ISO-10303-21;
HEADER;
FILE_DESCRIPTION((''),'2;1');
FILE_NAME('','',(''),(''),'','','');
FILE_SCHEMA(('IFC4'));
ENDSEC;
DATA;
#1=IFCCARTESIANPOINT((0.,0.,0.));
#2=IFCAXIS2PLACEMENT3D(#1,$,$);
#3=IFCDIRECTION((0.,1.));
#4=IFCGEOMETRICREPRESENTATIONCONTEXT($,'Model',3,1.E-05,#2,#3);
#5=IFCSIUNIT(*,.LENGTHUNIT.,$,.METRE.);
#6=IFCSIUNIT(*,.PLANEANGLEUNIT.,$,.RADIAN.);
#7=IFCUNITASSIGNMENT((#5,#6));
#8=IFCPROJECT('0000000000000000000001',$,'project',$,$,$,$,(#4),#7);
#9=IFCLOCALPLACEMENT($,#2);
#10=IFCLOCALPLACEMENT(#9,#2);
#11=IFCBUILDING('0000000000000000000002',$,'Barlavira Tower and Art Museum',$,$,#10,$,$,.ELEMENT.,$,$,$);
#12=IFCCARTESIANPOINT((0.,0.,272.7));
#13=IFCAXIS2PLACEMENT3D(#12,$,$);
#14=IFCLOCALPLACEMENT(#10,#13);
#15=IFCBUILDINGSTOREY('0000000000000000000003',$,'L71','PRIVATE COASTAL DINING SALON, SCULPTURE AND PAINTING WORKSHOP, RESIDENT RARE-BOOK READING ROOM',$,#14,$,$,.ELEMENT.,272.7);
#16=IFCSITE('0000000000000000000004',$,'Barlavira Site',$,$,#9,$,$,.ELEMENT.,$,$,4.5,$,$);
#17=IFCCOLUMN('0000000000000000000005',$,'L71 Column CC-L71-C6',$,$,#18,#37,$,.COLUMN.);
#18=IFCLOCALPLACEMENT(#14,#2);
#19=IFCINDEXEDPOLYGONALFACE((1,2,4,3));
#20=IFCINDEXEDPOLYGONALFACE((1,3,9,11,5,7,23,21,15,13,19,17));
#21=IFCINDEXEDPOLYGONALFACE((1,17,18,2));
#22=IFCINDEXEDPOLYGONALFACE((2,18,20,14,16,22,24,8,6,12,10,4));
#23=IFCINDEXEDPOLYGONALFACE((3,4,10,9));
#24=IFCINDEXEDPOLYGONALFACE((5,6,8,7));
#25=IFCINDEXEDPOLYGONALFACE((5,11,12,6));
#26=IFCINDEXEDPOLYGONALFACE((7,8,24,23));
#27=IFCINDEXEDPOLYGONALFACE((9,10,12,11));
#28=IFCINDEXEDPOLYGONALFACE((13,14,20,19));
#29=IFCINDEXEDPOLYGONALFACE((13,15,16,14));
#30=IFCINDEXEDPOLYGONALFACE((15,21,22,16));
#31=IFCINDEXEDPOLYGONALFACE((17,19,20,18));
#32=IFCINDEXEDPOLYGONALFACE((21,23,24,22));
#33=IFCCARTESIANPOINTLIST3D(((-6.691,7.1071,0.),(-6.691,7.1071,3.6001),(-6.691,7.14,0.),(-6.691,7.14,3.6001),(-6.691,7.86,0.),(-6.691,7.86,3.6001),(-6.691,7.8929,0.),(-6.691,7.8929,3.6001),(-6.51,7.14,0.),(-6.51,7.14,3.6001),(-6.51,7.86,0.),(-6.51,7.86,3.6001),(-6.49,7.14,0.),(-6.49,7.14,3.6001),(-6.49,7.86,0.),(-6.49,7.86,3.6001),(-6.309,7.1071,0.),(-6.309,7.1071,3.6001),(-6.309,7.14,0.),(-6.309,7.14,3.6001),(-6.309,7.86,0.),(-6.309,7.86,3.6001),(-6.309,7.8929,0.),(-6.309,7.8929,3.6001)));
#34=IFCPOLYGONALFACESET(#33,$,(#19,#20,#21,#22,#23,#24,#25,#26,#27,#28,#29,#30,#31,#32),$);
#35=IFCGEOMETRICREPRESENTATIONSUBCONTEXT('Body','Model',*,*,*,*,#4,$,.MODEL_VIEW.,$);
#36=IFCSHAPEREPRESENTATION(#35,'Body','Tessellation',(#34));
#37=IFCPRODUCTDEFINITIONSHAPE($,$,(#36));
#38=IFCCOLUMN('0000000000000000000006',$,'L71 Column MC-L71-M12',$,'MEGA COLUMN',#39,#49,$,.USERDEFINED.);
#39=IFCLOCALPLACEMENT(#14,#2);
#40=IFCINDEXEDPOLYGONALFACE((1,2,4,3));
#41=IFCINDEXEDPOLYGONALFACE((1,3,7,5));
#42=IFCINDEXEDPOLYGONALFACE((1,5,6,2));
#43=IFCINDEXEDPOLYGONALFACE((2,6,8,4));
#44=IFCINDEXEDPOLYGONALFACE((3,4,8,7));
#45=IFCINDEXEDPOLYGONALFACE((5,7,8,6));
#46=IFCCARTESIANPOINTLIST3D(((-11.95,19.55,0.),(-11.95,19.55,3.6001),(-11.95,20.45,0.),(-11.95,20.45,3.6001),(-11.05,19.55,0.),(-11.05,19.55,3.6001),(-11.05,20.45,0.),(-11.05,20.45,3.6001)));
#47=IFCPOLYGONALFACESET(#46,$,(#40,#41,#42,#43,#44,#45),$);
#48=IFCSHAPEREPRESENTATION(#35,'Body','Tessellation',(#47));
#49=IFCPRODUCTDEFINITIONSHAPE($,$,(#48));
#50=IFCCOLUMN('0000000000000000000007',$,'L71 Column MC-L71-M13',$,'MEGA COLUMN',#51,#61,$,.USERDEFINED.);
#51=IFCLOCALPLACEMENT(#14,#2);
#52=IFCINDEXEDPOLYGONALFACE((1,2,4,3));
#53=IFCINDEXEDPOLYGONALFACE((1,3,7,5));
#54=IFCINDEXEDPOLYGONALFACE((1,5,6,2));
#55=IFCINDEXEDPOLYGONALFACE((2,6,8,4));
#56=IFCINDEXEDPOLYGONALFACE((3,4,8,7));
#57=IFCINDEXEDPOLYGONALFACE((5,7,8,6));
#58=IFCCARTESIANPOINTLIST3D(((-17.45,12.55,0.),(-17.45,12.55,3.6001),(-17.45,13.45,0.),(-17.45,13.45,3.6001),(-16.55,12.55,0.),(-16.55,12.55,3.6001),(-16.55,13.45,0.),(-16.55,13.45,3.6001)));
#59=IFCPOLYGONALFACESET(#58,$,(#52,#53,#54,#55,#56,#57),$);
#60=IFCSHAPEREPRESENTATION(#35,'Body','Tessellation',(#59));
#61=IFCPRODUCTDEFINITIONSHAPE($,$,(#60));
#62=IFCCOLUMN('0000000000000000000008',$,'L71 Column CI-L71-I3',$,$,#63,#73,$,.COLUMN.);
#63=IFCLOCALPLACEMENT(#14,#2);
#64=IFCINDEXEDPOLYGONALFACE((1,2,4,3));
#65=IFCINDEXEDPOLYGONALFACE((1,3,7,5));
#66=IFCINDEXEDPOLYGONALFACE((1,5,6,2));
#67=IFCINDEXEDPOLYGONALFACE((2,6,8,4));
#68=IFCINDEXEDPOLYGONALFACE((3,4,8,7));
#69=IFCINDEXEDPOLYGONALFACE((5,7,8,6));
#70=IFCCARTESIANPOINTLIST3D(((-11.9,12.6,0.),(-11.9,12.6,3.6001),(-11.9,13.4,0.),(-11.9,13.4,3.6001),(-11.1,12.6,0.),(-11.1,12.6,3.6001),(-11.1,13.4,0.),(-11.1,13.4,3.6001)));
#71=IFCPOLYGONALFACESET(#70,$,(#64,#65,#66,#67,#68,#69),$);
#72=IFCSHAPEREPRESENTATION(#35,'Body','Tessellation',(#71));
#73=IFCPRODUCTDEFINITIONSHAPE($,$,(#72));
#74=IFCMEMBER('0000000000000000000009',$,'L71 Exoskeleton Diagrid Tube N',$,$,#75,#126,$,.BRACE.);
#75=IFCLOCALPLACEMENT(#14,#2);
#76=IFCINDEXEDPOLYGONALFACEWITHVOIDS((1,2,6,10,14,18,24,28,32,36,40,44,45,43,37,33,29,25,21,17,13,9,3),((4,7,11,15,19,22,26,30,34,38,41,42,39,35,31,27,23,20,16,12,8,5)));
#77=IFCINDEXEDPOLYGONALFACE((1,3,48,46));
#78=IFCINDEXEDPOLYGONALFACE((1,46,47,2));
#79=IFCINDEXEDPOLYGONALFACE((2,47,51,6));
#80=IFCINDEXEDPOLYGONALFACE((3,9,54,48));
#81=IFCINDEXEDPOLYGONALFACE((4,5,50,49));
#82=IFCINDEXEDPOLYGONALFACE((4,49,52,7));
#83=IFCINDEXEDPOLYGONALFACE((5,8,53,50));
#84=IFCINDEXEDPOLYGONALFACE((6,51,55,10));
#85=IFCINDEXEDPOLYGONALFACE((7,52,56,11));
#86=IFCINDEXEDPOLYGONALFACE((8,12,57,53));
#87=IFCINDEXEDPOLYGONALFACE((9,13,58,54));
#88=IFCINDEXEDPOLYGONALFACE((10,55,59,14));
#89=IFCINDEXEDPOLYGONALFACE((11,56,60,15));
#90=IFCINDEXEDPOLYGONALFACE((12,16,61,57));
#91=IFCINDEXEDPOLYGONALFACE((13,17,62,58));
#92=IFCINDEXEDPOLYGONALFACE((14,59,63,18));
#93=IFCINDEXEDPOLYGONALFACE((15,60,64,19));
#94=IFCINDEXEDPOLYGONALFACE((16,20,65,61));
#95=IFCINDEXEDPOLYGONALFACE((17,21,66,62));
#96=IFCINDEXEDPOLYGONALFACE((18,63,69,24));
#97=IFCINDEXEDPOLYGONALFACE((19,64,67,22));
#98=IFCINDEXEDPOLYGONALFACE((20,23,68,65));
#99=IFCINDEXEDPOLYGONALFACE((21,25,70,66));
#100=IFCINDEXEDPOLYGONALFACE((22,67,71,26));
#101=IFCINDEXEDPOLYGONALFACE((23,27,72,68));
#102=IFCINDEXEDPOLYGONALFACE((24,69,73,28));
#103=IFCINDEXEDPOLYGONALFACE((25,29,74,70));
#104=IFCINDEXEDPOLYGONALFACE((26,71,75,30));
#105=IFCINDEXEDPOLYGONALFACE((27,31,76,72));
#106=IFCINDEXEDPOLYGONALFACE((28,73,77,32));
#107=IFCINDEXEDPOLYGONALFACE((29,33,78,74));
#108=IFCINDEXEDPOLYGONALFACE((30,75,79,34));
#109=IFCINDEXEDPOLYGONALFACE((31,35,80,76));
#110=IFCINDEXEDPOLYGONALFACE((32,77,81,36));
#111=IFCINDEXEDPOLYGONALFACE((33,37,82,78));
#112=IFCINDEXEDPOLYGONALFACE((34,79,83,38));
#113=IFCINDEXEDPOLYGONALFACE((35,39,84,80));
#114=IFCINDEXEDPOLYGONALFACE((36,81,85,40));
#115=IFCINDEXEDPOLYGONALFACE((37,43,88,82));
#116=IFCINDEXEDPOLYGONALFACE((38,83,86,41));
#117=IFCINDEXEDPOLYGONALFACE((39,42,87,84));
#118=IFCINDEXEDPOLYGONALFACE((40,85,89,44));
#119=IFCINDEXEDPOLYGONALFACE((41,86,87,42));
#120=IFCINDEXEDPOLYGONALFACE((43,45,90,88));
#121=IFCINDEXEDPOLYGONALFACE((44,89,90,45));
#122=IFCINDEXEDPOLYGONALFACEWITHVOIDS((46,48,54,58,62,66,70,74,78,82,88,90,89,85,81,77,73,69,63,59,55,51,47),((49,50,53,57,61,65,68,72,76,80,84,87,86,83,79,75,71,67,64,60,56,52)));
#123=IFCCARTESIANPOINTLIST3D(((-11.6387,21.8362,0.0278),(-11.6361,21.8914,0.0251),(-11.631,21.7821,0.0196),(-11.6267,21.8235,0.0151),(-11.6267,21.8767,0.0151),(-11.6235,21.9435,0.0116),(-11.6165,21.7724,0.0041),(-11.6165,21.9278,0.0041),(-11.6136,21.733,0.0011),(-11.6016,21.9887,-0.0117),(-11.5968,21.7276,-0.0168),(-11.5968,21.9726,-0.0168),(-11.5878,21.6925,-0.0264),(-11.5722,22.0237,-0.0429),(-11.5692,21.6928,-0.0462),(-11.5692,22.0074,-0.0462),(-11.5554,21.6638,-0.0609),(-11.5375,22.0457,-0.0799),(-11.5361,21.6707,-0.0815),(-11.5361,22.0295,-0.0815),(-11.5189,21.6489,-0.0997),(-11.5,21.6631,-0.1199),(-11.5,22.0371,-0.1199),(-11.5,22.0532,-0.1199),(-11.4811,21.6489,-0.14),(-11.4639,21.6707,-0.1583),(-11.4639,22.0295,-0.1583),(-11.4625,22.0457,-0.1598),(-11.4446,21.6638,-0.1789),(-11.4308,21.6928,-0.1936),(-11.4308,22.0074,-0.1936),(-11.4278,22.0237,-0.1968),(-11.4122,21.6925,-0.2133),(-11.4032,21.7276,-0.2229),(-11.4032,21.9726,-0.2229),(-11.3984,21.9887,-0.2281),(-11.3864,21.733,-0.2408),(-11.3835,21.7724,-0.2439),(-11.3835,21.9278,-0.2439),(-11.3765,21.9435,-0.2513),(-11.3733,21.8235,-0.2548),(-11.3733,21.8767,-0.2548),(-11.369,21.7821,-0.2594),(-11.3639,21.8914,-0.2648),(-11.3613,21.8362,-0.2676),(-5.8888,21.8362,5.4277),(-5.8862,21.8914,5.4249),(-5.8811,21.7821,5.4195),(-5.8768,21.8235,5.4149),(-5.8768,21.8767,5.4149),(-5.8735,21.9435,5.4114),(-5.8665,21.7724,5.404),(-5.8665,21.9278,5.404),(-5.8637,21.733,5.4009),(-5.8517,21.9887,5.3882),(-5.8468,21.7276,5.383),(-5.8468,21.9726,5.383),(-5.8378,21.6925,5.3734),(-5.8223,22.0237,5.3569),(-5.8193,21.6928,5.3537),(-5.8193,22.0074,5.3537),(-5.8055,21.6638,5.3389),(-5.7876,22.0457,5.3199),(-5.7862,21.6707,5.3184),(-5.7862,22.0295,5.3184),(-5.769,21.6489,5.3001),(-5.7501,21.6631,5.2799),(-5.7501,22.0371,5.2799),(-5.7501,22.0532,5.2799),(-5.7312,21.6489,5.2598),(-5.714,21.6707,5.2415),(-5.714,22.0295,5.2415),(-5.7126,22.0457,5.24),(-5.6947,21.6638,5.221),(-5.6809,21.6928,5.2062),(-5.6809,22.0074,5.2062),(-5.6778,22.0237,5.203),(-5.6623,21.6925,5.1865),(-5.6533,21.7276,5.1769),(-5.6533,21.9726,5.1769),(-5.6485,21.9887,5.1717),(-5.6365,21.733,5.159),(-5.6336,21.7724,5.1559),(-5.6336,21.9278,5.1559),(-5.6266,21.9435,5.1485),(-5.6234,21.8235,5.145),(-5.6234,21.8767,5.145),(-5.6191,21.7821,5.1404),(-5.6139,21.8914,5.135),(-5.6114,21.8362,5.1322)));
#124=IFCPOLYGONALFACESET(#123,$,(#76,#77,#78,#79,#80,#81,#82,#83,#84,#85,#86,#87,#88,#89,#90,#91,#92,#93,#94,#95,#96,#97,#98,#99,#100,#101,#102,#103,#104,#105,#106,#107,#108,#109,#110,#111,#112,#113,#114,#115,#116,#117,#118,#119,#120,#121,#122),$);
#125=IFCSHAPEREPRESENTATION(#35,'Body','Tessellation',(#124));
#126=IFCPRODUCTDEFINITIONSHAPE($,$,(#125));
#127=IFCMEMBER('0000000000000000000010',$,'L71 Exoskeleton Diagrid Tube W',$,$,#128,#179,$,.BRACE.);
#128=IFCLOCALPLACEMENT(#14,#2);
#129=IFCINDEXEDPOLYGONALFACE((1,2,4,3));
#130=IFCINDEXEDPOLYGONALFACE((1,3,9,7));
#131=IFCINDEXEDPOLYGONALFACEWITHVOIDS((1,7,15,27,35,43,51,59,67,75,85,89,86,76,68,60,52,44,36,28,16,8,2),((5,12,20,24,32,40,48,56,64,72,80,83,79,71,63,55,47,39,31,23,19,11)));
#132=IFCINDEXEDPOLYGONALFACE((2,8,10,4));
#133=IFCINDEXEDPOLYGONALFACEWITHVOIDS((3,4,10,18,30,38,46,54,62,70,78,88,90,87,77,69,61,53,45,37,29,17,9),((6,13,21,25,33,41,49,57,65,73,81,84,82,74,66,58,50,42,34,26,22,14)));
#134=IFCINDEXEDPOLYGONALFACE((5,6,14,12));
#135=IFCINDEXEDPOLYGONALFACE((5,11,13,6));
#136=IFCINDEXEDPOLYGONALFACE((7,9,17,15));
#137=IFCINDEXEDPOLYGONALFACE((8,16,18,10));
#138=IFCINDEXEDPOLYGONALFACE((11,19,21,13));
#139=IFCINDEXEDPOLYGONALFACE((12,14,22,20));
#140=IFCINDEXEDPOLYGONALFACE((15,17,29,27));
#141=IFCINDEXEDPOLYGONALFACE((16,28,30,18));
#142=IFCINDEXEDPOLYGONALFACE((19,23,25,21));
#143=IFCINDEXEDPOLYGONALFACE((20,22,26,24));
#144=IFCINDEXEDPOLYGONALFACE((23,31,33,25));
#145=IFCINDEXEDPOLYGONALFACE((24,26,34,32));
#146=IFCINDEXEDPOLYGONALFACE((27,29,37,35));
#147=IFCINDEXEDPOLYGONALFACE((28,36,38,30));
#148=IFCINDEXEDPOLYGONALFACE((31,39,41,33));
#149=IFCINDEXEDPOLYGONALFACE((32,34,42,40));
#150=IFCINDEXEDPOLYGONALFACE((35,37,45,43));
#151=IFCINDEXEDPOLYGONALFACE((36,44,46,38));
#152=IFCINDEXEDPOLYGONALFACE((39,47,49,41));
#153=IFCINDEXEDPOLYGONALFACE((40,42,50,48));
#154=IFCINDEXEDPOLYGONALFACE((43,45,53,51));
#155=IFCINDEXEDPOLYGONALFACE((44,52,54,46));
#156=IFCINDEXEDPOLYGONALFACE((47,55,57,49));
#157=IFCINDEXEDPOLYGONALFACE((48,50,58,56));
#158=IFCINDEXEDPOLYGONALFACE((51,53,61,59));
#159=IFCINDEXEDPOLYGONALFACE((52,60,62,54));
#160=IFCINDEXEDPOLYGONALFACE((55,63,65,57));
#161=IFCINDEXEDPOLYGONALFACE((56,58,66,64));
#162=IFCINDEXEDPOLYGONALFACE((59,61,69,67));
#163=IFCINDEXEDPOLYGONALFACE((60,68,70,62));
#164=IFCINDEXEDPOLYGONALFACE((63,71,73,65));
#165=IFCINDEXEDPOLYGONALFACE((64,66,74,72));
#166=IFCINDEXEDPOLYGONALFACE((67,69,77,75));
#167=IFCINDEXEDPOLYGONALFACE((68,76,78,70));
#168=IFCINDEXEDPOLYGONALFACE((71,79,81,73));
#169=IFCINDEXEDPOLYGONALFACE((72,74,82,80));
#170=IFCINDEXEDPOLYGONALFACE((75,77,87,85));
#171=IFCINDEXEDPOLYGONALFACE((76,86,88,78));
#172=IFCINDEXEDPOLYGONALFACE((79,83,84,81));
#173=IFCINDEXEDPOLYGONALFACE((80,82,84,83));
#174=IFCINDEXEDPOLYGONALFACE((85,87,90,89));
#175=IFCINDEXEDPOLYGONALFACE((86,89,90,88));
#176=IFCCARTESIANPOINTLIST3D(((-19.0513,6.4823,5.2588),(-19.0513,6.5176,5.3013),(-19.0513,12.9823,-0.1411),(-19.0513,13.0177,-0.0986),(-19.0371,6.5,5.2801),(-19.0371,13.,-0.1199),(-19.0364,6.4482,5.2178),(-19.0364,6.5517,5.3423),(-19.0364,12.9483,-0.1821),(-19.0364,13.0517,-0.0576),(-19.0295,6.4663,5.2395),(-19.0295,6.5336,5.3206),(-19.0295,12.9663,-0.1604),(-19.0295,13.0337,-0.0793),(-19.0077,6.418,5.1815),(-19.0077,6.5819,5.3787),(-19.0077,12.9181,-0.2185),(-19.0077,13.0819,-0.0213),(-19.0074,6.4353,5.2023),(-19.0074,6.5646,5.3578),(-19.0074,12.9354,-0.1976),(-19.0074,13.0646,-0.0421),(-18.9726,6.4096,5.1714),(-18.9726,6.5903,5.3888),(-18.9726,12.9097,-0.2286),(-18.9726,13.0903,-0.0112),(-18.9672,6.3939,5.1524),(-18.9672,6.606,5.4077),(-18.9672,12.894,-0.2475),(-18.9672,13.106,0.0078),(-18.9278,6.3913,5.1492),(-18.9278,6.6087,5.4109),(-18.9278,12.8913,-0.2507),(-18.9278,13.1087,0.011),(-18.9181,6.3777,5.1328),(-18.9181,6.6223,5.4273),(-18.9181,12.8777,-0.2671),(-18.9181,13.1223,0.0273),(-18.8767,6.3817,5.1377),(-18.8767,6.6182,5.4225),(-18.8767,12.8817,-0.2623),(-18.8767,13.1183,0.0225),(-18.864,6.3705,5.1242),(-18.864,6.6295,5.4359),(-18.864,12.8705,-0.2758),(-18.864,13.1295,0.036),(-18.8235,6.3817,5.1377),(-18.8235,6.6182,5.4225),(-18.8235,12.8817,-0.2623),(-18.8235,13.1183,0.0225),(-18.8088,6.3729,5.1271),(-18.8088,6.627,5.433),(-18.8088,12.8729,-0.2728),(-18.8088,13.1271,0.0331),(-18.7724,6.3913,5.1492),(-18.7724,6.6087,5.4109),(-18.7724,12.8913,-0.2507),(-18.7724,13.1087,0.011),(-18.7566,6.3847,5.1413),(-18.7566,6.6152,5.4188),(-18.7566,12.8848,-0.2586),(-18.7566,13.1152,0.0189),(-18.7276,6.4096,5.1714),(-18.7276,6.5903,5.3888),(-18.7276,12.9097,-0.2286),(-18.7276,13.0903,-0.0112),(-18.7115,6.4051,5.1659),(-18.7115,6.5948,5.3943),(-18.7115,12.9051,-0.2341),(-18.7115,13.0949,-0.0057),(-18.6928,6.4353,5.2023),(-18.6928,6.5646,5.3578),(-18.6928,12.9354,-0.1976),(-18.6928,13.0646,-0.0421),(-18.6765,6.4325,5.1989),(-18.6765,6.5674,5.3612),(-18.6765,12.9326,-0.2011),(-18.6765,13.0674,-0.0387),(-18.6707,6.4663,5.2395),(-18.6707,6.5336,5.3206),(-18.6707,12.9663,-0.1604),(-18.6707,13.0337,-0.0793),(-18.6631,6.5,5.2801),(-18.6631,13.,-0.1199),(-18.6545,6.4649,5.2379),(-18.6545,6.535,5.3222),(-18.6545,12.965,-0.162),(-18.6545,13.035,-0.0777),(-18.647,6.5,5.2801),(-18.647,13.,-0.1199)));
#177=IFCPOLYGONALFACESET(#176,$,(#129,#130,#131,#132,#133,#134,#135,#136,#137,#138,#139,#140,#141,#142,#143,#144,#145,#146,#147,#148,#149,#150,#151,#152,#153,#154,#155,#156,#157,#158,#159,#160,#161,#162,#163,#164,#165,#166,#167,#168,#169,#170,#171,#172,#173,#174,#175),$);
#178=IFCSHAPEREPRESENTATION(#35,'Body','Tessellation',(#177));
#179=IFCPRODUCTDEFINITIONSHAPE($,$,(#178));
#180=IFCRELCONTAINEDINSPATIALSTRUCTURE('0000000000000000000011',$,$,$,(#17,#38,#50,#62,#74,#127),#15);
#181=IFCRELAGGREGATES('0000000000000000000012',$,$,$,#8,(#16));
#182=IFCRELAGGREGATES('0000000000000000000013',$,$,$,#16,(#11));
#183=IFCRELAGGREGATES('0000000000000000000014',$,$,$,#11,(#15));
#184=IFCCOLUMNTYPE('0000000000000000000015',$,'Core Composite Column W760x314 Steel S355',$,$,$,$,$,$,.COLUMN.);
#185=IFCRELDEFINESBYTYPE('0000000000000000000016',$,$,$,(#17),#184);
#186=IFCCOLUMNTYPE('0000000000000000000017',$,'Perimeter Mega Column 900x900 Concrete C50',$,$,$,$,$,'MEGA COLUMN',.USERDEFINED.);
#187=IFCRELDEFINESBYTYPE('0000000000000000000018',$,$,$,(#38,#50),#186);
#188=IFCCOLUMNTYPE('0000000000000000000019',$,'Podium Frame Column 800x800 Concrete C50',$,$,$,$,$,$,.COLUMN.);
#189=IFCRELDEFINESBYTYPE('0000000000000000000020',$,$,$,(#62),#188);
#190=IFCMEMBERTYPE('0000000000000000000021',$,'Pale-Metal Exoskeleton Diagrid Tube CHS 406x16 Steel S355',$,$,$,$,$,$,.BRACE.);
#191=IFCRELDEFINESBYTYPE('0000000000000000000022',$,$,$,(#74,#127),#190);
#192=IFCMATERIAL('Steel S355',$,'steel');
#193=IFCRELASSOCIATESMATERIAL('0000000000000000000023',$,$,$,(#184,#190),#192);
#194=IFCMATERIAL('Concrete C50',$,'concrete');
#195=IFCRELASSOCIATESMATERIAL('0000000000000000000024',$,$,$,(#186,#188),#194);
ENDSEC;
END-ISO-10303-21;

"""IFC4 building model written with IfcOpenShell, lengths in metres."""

from ifc_helpers import new_model, si_unit, direction, frame, origin, origin_2d, place, context, subcontext, project, spatial, rectangle, hollow_circle, i_section, extrude, material, material_profile, profile_set, type_object, element, save


model = new_model("IFC4")

# Units and contexts
model_context = context("Model", 3, precision=1e-05, world=origin(), true_north=direction((0.0, 1.0)))
body_context = subcontext(model_context, "Body", "Model", "MODEL_VIEW")
ifc_project = project(units=[si_unit("LENGTHUNIT", "METRE"), si_unit("PLANEANGLEUNIT", "RADIAN")], contexts=[model_context])

# Site, building, storey
site_placement = place(None, origin())
site = spatial("IfcSite", under=ifc_project, at=site_placement, Name="Barlavira Site", CompositionType="ELEMENT", RefElevation=4.5)
building_placement = place(site_placement, origin())
building = spatial("IfcBuilding", under=site, at=building_placement, Name="Barlavira Tower and Art Museum", CompositionType="ELEMENT")
storey_placement = place(building_placement, frame((0.0, 0.0, 272.7)))
storey = spatial("IfcBuildingStorey", under=building, at=storey_placement, Name="L71", Description="PRIVATE COASTAL DINING SALON, SCULPTURE AND PAINTING WORKSHOP, RESIDENT RARE-BOOK READING ROOM", CompositionType="ELEMENT", Elevation=272.7)

# Columns
ifc_material_1 = material(Name="Steel S355", Category="steel")
ifc_material_profile_1 = material_profile(ifc_material_1, i_section(OverallWidth=0.3821, OverallDepth=0.7859, WebThickness=0.02, FlangeThickness=0.033, at=origin_2d()), Name="W760x314.0")
ifc_profile_set_1 = profile_set([ifc_material_profile_1], Name="Steel S355")
column_type_1 = type_object("IfcColumnType", Name="Core Composite Column W760x314 Steel S355", PredefinedType="COLUMN", material=ifc_profile_set_1)
column_1_placement = place(storey_placement, frame((-6.5, 7.5, 0.0), z_axis=(0.0, 0.0, 1.0), x_axis=(1.0, 0.0, 0.0)))
element("IfcColumn", 1, at=column_1_placement, inside=storey, type_object=column_type_1, Name="L71 Column CC-L71-C6", PredefinedType="COLUMN", context=body_context, shape_type="SweptSolid", body=[
    extrude(i_section(OverallWidth=0.3821, OverallDepth=0.7859, WebThickness=0.02, FlangeThickness=0.033, at=origin_2d()), origin(), (0.0, 0.0, 1.0), 3.6001),
])
ifc_material_2 = material(Name="Concrete C50", Category="concrete")
ifc_material_profile_2 = material_profile(ifc_material_2, rectangle(XDim=0.8999, YDim=0.8999, at=origin_2d()), Name="RC-COL 900x900")
ifc_profile_set_2 = profile_set([ifc_material_profile_2], Name="Concrete C50")
column_type_2 = type_object("IfcColumnType", Name="Perimeter Mega Column 900x900 Concrete C50", ElementType="MEGA COLUMN", PredefinedType="USERDEFINED", material=ifc_profile_set_2)
for number, where, z_axis, x_axis, name in (
    (2, (-11.5, 20.0, 0.0), (0.0, 0.0, 1.0), (1.0, 0.0, 0.0), "L71 Column MC-L71-M12"),
    (3, (-17.0, 13.0, 0.0), (0.0, 0.0, 1.0), (1.0, 0.0, 0.0), "L71 Column MC-L71-M13"),
):
    element("IfcColumn", number, at=place(storey_placement, frame(where, z_axis=z_axis, x_axis=x_axis)), inside=storey, type_object=column_type_2, Name=name, ObjectType="MEGA COLUMN", PredefinedType="USERDEFINED", context=body_context, shape_type="SweptSolid", body=[
        extrude(rectangle(XDim=0.8999, YDim=0.8999, at=origin_2d()), origin(), (0.0, 0.0, 1.0), 3.6001),
    ])
ifc_material_profile_3 = material_profile(ifc_material_2, rectangle(XDim=0.8, YDim=0.8, at=origin_2d()), Name="RC-COL 800x800")
ifc_profile_set_3 = profile_set([ifc_material_profile_3], Name="Concrete C50")
column_type_3 = type_object("IfcColumnType", Name="Podium Frame Column 800x800 Concrete C50", PredefinedType="COLUMN", material=ifc_profile_set_3)
column_2_placement = place(storey_placement, frame((-11.5, 13.0, 0.0), z_axis=(0.0, 0.0, 1.0), x_axis=(1.0, 0.0, 0.0)))
element("IfcColumn", 4, at=column_2_placement, inside=storey, type_object=column_type_3, Name="L71 Column CI-L71-I3", PredefinedType="COLUMN", context=body_context, shape_type="SweptSolid", body=[
    extrude(rectangle(XDim=0.8, YDim=0.8, at=origin_2d()), origin(), (0.0, 0.0, 1.0), 3.6001),
])

# Members
ifc_material_profile_4 = material_profile(ifc_material_1, hollow_circle(Radius=0.2031, WallThickness=0.0161, at=origin_2d()), Name="CHS 406.4x16.0")
ifc_profile_set_4 = profile_set([ifc_material_profile_4], Name="Steel S355")
member_type_1 = type_object("IfcMemberType", Name="Pale-Metal Exoskeleton Diagrid Tube CHS 406x16 Steel S355", PredefinedType="BRACE", material=ifc_profile_set_4)
member_1_placement = place(storey_placement, frame((-11.5, 21.8501, -0.1199), z_axis=(0.72895, 0.0, 0.684567), x_axis=(0.0, 1.0, 0.0)))
element("IfcMember", 5, at=member_1_placement, inside=storey, type_object=member_type_1, Name="L71 Exoskeleton Diagrid Tube N", PredefinedType="BRACE", context=body_context, shape_type="SweptSolid", body=[
    extrude(hollow_circle(Radius=0.2031, WallThickness=0.0161, at=origin_2d()), origin(), (0.0, 0.0, 1.0), 7.8879),
])
member_2_placement = place(storey_placement, frame((-18.8501, 13.0, -0.1199), z_axis=(0.0, -0.769196, 0.639013), x_axis=(1.0, 0.0, 0.0)))
element("IfcMember", 6, at=member_2_placement, inside=storey, type_object=member_type_1, Name="L71 Exoskeleton Diagrid Tube W", PredefinedType="BRACE", context=body_context, shape_type="SweptSolid", body=[
    extrude(hollow_circle(Radius=0.2031, WallThickness=0.0161, at=origin_2d()), origin(), (0.0, 0.0, 1.0), 8.4504),
])

save(model, "model.ifc")
